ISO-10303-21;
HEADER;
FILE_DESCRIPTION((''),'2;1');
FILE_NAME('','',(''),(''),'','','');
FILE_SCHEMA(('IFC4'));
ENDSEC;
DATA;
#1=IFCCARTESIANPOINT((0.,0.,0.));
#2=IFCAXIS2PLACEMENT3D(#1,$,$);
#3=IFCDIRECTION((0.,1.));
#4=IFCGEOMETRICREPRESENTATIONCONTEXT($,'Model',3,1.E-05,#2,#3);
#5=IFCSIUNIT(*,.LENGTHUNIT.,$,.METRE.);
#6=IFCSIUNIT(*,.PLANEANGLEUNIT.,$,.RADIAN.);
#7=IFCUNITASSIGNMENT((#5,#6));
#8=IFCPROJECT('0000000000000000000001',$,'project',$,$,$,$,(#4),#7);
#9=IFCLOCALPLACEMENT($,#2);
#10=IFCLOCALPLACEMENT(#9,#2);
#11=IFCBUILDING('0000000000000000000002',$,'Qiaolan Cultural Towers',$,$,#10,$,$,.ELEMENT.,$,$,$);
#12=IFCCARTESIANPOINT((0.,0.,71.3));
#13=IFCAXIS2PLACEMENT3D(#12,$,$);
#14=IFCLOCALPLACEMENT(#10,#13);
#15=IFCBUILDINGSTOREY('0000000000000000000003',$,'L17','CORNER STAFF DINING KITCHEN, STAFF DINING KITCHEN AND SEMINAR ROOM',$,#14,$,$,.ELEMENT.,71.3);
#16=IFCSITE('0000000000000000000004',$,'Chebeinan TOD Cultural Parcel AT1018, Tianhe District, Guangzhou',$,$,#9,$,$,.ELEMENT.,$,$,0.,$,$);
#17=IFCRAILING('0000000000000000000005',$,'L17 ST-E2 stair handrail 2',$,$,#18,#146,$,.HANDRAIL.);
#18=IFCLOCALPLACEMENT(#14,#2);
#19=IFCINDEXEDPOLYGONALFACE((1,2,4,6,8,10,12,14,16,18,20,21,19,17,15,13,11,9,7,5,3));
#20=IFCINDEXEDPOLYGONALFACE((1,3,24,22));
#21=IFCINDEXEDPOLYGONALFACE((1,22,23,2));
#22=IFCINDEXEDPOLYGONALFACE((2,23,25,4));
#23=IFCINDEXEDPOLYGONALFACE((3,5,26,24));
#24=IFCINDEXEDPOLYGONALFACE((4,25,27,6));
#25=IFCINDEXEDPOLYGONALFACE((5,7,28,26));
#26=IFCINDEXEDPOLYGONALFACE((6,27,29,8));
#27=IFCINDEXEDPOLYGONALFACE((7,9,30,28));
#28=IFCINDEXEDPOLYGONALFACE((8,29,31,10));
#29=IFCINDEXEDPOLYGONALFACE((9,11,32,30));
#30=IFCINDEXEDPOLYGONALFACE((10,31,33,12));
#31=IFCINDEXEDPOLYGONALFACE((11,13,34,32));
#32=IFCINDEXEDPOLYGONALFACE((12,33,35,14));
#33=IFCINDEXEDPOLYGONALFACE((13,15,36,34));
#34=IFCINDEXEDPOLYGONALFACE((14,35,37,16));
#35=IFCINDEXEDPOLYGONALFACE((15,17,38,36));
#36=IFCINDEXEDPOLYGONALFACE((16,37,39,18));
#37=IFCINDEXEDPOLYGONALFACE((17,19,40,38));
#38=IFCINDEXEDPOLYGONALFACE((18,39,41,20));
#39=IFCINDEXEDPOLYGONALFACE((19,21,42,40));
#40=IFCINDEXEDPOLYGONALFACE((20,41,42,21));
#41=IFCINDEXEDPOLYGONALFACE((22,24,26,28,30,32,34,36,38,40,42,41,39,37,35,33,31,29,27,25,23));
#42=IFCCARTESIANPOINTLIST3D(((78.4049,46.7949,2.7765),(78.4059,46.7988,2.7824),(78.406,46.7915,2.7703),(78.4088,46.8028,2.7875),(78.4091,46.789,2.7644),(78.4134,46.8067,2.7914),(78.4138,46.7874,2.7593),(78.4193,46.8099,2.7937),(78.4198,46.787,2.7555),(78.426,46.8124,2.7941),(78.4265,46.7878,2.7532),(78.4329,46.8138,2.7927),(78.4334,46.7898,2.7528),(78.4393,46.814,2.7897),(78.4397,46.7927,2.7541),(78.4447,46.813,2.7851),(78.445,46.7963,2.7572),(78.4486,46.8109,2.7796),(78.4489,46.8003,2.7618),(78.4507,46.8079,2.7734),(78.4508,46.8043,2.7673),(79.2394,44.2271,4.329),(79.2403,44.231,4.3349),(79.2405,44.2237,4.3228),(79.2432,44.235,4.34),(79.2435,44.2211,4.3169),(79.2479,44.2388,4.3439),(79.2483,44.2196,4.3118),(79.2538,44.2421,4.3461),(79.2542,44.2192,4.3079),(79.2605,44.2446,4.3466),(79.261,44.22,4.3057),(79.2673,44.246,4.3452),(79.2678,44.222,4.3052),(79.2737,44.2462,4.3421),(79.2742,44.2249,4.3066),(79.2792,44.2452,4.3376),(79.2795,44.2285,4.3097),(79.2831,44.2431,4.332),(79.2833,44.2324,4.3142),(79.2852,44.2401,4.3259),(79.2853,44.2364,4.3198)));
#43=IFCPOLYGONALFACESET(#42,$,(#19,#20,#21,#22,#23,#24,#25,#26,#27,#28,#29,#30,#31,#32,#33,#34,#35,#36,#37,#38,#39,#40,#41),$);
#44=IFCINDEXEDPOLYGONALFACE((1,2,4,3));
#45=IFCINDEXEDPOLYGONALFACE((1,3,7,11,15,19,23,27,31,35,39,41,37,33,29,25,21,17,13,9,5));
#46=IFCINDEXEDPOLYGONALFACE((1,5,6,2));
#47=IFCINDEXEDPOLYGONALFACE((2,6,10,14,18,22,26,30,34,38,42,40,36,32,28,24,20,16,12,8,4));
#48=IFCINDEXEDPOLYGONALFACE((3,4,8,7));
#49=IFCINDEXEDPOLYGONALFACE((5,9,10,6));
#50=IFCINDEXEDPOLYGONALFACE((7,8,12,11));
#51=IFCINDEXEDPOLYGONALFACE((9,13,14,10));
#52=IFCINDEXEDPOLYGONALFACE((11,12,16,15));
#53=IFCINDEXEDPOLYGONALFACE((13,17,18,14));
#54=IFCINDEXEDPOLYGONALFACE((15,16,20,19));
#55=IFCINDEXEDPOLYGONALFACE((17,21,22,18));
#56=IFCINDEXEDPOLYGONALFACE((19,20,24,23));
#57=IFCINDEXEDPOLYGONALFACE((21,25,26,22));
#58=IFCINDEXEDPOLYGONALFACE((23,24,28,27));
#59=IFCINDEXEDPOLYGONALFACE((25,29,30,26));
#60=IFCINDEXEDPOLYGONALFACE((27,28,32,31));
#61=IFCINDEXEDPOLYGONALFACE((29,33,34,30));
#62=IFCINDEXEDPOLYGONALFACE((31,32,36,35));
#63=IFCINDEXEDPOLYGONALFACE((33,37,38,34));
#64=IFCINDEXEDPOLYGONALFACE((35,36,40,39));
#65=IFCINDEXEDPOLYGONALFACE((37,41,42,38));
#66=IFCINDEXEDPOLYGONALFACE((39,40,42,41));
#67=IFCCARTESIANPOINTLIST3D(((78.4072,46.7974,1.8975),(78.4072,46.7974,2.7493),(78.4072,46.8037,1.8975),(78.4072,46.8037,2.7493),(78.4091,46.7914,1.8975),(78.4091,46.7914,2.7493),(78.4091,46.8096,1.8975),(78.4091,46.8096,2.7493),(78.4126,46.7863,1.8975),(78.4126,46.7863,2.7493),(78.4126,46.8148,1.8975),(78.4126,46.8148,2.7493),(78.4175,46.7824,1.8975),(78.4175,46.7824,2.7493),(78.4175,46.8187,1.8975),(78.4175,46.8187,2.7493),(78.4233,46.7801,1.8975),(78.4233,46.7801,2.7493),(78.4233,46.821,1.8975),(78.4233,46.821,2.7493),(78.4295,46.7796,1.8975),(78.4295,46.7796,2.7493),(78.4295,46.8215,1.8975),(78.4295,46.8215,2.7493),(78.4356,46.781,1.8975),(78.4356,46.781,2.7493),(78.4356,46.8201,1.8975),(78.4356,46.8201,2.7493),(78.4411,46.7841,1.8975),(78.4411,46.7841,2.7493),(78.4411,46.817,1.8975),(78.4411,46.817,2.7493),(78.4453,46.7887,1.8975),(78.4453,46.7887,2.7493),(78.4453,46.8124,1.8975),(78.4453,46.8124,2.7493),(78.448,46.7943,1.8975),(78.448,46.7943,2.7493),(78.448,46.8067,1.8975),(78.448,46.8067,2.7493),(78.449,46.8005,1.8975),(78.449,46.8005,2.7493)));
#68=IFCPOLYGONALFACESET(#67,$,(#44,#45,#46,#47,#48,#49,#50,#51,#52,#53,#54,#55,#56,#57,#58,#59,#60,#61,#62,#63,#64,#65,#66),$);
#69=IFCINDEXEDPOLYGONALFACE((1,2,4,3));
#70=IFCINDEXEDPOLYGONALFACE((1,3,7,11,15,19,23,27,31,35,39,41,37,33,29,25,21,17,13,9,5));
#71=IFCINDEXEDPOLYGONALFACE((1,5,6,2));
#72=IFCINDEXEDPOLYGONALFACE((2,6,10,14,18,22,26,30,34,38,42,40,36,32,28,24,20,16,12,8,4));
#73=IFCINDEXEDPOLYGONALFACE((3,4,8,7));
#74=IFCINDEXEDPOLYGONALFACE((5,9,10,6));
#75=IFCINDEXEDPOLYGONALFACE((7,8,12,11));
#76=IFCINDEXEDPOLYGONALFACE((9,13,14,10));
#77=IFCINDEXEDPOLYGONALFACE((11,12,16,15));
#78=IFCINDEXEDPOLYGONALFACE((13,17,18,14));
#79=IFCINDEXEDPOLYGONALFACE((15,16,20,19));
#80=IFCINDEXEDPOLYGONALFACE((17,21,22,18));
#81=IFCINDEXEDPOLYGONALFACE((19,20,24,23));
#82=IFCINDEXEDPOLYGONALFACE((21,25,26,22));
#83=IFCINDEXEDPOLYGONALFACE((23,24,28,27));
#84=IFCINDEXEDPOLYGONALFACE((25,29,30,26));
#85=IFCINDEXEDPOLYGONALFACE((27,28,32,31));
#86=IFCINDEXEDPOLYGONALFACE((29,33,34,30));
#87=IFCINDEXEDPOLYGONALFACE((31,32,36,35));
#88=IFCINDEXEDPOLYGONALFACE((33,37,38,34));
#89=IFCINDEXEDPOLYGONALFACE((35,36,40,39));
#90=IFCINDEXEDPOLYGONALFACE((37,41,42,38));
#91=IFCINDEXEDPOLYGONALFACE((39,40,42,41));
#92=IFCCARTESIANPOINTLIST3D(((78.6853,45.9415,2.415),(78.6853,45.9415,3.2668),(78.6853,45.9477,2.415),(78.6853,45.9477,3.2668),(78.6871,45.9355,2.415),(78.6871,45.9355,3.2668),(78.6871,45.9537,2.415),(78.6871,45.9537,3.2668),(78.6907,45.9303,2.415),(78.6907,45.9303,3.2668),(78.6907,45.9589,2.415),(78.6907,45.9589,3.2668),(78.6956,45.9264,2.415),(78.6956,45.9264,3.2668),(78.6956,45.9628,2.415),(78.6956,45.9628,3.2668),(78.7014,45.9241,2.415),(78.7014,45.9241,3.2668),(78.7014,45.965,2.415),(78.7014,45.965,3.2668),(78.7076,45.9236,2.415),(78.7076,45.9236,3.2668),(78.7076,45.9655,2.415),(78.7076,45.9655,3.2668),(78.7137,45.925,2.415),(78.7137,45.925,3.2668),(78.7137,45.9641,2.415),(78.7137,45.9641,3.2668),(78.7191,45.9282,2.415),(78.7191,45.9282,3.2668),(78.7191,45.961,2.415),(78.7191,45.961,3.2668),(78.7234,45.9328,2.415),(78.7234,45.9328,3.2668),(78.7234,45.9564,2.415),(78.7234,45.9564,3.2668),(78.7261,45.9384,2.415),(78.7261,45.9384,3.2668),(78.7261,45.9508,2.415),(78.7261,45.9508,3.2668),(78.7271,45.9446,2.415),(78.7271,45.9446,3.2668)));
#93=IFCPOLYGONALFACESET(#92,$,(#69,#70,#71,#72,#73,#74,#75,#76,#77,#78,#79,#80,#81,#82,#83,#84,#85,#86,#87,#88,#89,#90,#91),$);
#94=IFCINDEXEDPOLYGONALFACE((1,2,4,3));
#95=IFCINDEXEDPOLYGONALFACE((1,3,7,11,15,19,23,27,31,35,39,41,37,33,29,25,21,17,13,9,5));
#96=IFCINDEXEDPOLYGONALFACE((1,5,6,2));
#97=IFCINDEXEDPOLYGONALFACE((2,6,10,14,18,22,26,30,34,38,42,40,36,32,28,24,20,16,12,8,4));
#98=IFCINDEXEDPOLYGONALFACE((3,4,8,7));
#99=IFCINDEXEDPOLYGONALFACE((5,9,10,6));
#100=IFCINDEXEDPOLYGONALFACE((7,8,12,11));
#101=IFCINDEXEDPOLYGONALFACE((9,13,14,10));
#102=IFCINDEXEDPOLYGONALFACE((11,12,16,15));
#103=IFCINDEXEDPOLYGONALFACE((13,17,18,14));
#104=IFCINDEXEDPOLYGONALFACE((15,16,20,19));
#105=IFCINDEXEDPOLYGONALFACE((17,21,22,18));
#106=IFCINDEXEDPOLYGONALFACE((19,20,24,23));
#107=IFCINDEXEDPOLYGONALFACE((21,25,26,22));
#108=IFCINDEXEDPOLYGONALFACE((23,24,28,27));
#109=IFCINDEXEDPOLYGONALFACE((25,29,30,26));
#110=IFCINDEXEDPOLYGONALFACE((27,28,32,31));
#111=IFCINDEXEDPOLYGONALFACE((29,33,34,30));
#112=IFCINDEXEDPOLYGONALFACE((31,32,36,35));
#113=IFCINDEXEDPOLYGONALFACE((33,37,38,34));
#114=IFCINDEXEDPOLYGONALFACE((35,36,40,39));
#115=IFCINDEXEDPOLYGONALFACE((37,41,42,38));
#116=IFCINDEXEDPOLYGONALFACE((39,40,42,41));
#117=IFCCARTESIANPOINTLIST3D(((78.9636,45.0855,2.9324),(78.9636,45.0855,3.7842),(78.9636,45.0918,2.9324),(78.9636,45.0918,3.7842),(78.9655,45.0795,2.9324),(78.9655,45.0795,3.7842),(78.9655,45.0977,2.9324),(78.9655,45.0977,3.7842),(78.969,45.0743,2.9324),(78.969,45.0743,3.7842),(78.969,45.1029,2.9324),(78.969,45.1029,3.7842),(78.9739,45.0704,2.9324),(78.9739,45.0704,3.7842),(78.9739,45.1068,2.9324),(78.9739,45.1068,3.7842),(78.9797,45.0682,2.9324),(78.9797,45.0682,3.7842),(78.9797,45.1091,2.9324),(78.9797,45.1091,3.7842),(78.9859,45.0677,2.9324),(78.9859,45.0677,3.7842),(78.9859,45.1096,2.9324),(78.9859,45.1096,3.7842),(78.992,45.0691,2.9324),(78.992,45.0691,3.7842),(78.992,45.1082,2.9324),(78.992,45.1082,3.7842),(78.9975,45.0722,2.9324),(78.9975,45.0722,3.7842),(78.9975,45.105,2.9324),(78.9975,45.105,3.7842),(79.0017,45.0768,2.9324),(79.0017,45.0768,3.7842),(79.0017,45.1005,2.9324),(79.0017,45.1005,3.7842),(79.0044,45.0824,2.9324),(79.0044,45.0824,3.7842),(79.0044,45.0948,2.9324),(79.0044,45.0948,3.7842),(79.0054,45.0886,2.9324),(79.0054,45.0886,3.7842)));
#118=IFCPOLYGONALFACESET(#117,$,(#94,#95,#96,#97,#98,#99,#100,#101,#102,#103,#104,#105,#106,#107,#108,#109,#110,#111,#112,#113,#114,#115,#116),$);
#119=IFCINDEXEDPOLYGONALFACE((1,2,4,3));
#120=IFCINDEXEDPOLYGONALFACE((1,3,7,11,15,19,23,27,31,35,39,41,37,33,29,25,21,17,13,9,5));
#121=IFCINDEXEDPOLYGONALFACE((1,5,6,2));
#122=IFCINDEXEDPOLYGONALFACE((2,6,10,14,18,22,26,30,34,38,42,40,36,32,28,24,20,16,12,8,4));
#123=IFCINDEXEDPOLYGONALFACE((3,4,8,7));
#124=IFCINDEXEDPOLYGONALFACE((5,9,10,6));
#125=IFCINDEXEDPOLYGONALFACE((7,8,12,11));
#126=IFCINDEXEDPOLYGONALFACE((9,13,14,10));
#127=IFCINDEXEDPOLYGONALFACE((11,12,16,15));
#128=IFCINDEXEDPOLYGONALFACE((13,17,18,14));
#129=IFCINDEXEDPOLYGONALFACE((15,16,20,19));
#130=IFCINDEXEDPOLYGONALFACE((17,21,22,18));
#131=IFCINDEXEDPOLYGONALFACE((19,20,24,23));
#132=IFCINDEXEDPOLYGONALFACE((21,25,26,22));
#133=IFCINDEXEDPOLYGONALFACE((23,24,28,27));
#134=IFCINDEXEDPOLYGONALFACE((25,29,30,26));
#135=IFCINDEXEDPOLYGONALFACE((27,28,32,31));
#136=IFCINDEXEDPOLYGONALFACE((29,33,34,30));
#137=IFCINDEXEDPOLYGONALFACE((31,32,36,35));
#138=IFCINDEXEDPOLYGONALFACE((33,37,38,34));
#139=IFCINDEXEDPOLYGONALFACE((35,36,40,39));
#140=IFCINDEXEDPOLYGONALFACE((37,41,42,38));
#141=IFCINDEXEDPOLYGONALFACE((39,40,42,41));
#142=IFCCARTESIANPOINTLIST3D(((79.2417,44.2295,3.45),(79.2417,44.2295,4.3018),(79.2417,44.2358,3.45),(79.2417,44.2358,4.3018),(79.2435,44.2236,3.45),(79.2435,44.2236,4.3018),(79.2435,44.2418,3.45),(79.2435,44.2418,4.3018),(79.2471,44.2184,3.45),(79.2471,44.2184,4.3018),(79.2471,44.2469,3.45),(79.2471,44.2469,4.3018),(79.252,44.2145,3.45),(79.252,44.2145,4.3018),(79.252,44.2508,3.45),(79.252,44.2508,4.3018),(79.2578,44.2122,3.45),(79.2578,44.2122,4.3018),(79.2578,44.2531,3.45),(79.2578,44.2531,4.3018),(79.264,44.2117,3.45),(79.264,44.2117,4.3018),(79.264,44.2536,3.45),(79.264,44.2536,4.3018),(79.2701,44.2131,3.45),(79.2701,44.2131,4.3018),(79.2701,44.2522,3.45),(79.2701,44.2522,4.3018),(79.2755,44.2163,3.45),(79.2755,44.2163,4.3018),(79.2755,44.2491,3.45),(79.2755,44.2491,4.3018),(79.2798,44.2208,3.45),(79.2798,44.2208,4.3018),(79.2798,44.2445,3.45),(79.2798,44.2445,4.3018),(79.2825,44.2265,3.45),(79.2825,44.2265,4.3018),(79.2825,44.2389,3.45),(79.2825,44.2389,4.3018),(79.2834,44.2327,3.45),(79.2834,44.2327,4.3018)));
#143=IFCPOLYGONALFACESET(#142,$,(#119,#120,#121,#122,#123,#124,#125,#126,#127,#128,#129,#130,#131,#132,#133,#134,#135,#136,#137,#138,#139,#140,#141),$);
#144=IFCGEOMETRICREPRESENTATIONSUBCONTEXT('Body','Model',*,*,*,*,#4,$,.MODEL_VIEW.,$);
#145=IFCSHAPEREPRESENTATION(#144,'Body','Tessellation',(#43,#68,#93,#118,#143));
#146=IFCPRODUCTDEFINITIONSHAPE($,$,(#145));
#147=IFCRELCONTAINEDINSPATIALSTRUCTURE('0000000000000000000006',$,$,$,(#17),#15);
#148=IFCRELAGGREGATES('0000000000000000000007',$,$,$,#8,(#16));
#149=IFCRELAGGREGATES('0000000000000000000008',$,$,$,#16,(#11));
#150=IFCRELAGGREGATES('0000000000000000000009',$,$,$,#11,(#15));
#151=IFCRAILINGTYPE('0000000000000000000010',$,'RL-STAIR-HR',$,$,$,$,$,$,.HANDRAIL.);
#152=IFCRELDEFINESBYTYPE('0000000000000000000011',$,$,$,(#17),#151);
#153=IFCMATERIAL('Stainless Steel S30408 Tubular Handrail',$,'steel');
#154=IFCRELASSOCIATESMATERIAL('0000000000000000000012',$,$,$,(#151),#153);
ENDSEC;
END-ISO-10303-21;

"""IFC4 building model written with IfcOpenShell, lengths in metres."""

from ifc_helpers import new_model, si_unit, direction, frame, origin, origin_2d, place, context, subcontext, project, spatial, circle, extrude, material, type_object, element, save


model = new_model("IFC4")

# Units and contexts
model_context = context("Model", 3, precision=1e-05, world=origin(), true_north=direction((0.0, 1.0)))
body_context = subcontext(model_context, "Body", "Model", "MODEL_VIEW")
ifc_project = project(units=[si_unit("LENGTHUNIT", "METRE"), si_unit("PLANEANGLEUNIT", "RADIAN")], contexts=[model_context])

# Site, building, storey
site_placement = place(None, origin())
site = spatial("IfcSite", under=ifc_project, at=site_placement, Name="Chebeinan TOD Cultural Parcel AT1018, Tianhe District, Guangzhou", CompositionType="ELEMENT", RefElevation=0.0)
building_placement = place(site_placement, origin())
building = spatial("IfcBuilding", under=site, at=building_placement, Name="Qiaolan Cultural Towers", CompositionType="ELEMENT")
storey_placement = place(building_placement, frame((0.0, 0.0, 71.3)))
storey = spatial("IfcBuildingStorey", under=building, at=storey_placement, Name="L17", Description="CORNER STAFF DINING KITCHEN, STAFF DINING KITCHEN AND SEMINAR ROOM", CompositionType="ELEMENT", Elevation=71.3)

# Railing
ifc_material_1 = material(Name="Stainless Steel S30408 Tubular Handrail", Category="steel")
railing_type_1 = type_object("IfcRailingType", Name="RL-STAIR-HR", PredefinedType="HANDRAIL", material=ifc_material_1)
railing_1_placement = place(storey_placement, frame((78.428, 46.8005, 1.8975)))
element("IfcRailing", 1, at=railing_1_placement, inside=storey, type_object=railing_type_1, Name="L17 ST-E2 stair handrail 2", PredefinedType="HANDRAIL", context=body_context, shape_type="SweptSolid", body=[
    extrude(circle(Radius=0.0239, at=origin_2d()), frame((0.0, 0.0, 0.876), z_axis=(0.267926, -0.824471, 0.498461), x_axis=(0.951043, 0.309057, 0.0)), (0.0, 0.0, 1.0), 3.1145),
    extrude(circle(Radius=0.021, at=origin_2d()), origin(), (0.0, 0.0, 1.0), 0.8518),
    extrude(circle(Radius=0.021, at=origin_2d()), frame((0.2781, -0.856, 0.5176)), (0.0, 0.0, 1.0), 0.8518),
    extrude(circle(Radius=0.021, at=origin_2d()), frame((0.5564, -1.7119, 1.0349)), (0.0, 0.0, 1.0), 0.8518),
    extrude(circle(Radius=0.021, at=origin_2d()), frame((0.8345, -2.5679, 1.5525)), (0.0, 0.0, 1.0), 0.8518),
])

save(model, "model.ifc")
